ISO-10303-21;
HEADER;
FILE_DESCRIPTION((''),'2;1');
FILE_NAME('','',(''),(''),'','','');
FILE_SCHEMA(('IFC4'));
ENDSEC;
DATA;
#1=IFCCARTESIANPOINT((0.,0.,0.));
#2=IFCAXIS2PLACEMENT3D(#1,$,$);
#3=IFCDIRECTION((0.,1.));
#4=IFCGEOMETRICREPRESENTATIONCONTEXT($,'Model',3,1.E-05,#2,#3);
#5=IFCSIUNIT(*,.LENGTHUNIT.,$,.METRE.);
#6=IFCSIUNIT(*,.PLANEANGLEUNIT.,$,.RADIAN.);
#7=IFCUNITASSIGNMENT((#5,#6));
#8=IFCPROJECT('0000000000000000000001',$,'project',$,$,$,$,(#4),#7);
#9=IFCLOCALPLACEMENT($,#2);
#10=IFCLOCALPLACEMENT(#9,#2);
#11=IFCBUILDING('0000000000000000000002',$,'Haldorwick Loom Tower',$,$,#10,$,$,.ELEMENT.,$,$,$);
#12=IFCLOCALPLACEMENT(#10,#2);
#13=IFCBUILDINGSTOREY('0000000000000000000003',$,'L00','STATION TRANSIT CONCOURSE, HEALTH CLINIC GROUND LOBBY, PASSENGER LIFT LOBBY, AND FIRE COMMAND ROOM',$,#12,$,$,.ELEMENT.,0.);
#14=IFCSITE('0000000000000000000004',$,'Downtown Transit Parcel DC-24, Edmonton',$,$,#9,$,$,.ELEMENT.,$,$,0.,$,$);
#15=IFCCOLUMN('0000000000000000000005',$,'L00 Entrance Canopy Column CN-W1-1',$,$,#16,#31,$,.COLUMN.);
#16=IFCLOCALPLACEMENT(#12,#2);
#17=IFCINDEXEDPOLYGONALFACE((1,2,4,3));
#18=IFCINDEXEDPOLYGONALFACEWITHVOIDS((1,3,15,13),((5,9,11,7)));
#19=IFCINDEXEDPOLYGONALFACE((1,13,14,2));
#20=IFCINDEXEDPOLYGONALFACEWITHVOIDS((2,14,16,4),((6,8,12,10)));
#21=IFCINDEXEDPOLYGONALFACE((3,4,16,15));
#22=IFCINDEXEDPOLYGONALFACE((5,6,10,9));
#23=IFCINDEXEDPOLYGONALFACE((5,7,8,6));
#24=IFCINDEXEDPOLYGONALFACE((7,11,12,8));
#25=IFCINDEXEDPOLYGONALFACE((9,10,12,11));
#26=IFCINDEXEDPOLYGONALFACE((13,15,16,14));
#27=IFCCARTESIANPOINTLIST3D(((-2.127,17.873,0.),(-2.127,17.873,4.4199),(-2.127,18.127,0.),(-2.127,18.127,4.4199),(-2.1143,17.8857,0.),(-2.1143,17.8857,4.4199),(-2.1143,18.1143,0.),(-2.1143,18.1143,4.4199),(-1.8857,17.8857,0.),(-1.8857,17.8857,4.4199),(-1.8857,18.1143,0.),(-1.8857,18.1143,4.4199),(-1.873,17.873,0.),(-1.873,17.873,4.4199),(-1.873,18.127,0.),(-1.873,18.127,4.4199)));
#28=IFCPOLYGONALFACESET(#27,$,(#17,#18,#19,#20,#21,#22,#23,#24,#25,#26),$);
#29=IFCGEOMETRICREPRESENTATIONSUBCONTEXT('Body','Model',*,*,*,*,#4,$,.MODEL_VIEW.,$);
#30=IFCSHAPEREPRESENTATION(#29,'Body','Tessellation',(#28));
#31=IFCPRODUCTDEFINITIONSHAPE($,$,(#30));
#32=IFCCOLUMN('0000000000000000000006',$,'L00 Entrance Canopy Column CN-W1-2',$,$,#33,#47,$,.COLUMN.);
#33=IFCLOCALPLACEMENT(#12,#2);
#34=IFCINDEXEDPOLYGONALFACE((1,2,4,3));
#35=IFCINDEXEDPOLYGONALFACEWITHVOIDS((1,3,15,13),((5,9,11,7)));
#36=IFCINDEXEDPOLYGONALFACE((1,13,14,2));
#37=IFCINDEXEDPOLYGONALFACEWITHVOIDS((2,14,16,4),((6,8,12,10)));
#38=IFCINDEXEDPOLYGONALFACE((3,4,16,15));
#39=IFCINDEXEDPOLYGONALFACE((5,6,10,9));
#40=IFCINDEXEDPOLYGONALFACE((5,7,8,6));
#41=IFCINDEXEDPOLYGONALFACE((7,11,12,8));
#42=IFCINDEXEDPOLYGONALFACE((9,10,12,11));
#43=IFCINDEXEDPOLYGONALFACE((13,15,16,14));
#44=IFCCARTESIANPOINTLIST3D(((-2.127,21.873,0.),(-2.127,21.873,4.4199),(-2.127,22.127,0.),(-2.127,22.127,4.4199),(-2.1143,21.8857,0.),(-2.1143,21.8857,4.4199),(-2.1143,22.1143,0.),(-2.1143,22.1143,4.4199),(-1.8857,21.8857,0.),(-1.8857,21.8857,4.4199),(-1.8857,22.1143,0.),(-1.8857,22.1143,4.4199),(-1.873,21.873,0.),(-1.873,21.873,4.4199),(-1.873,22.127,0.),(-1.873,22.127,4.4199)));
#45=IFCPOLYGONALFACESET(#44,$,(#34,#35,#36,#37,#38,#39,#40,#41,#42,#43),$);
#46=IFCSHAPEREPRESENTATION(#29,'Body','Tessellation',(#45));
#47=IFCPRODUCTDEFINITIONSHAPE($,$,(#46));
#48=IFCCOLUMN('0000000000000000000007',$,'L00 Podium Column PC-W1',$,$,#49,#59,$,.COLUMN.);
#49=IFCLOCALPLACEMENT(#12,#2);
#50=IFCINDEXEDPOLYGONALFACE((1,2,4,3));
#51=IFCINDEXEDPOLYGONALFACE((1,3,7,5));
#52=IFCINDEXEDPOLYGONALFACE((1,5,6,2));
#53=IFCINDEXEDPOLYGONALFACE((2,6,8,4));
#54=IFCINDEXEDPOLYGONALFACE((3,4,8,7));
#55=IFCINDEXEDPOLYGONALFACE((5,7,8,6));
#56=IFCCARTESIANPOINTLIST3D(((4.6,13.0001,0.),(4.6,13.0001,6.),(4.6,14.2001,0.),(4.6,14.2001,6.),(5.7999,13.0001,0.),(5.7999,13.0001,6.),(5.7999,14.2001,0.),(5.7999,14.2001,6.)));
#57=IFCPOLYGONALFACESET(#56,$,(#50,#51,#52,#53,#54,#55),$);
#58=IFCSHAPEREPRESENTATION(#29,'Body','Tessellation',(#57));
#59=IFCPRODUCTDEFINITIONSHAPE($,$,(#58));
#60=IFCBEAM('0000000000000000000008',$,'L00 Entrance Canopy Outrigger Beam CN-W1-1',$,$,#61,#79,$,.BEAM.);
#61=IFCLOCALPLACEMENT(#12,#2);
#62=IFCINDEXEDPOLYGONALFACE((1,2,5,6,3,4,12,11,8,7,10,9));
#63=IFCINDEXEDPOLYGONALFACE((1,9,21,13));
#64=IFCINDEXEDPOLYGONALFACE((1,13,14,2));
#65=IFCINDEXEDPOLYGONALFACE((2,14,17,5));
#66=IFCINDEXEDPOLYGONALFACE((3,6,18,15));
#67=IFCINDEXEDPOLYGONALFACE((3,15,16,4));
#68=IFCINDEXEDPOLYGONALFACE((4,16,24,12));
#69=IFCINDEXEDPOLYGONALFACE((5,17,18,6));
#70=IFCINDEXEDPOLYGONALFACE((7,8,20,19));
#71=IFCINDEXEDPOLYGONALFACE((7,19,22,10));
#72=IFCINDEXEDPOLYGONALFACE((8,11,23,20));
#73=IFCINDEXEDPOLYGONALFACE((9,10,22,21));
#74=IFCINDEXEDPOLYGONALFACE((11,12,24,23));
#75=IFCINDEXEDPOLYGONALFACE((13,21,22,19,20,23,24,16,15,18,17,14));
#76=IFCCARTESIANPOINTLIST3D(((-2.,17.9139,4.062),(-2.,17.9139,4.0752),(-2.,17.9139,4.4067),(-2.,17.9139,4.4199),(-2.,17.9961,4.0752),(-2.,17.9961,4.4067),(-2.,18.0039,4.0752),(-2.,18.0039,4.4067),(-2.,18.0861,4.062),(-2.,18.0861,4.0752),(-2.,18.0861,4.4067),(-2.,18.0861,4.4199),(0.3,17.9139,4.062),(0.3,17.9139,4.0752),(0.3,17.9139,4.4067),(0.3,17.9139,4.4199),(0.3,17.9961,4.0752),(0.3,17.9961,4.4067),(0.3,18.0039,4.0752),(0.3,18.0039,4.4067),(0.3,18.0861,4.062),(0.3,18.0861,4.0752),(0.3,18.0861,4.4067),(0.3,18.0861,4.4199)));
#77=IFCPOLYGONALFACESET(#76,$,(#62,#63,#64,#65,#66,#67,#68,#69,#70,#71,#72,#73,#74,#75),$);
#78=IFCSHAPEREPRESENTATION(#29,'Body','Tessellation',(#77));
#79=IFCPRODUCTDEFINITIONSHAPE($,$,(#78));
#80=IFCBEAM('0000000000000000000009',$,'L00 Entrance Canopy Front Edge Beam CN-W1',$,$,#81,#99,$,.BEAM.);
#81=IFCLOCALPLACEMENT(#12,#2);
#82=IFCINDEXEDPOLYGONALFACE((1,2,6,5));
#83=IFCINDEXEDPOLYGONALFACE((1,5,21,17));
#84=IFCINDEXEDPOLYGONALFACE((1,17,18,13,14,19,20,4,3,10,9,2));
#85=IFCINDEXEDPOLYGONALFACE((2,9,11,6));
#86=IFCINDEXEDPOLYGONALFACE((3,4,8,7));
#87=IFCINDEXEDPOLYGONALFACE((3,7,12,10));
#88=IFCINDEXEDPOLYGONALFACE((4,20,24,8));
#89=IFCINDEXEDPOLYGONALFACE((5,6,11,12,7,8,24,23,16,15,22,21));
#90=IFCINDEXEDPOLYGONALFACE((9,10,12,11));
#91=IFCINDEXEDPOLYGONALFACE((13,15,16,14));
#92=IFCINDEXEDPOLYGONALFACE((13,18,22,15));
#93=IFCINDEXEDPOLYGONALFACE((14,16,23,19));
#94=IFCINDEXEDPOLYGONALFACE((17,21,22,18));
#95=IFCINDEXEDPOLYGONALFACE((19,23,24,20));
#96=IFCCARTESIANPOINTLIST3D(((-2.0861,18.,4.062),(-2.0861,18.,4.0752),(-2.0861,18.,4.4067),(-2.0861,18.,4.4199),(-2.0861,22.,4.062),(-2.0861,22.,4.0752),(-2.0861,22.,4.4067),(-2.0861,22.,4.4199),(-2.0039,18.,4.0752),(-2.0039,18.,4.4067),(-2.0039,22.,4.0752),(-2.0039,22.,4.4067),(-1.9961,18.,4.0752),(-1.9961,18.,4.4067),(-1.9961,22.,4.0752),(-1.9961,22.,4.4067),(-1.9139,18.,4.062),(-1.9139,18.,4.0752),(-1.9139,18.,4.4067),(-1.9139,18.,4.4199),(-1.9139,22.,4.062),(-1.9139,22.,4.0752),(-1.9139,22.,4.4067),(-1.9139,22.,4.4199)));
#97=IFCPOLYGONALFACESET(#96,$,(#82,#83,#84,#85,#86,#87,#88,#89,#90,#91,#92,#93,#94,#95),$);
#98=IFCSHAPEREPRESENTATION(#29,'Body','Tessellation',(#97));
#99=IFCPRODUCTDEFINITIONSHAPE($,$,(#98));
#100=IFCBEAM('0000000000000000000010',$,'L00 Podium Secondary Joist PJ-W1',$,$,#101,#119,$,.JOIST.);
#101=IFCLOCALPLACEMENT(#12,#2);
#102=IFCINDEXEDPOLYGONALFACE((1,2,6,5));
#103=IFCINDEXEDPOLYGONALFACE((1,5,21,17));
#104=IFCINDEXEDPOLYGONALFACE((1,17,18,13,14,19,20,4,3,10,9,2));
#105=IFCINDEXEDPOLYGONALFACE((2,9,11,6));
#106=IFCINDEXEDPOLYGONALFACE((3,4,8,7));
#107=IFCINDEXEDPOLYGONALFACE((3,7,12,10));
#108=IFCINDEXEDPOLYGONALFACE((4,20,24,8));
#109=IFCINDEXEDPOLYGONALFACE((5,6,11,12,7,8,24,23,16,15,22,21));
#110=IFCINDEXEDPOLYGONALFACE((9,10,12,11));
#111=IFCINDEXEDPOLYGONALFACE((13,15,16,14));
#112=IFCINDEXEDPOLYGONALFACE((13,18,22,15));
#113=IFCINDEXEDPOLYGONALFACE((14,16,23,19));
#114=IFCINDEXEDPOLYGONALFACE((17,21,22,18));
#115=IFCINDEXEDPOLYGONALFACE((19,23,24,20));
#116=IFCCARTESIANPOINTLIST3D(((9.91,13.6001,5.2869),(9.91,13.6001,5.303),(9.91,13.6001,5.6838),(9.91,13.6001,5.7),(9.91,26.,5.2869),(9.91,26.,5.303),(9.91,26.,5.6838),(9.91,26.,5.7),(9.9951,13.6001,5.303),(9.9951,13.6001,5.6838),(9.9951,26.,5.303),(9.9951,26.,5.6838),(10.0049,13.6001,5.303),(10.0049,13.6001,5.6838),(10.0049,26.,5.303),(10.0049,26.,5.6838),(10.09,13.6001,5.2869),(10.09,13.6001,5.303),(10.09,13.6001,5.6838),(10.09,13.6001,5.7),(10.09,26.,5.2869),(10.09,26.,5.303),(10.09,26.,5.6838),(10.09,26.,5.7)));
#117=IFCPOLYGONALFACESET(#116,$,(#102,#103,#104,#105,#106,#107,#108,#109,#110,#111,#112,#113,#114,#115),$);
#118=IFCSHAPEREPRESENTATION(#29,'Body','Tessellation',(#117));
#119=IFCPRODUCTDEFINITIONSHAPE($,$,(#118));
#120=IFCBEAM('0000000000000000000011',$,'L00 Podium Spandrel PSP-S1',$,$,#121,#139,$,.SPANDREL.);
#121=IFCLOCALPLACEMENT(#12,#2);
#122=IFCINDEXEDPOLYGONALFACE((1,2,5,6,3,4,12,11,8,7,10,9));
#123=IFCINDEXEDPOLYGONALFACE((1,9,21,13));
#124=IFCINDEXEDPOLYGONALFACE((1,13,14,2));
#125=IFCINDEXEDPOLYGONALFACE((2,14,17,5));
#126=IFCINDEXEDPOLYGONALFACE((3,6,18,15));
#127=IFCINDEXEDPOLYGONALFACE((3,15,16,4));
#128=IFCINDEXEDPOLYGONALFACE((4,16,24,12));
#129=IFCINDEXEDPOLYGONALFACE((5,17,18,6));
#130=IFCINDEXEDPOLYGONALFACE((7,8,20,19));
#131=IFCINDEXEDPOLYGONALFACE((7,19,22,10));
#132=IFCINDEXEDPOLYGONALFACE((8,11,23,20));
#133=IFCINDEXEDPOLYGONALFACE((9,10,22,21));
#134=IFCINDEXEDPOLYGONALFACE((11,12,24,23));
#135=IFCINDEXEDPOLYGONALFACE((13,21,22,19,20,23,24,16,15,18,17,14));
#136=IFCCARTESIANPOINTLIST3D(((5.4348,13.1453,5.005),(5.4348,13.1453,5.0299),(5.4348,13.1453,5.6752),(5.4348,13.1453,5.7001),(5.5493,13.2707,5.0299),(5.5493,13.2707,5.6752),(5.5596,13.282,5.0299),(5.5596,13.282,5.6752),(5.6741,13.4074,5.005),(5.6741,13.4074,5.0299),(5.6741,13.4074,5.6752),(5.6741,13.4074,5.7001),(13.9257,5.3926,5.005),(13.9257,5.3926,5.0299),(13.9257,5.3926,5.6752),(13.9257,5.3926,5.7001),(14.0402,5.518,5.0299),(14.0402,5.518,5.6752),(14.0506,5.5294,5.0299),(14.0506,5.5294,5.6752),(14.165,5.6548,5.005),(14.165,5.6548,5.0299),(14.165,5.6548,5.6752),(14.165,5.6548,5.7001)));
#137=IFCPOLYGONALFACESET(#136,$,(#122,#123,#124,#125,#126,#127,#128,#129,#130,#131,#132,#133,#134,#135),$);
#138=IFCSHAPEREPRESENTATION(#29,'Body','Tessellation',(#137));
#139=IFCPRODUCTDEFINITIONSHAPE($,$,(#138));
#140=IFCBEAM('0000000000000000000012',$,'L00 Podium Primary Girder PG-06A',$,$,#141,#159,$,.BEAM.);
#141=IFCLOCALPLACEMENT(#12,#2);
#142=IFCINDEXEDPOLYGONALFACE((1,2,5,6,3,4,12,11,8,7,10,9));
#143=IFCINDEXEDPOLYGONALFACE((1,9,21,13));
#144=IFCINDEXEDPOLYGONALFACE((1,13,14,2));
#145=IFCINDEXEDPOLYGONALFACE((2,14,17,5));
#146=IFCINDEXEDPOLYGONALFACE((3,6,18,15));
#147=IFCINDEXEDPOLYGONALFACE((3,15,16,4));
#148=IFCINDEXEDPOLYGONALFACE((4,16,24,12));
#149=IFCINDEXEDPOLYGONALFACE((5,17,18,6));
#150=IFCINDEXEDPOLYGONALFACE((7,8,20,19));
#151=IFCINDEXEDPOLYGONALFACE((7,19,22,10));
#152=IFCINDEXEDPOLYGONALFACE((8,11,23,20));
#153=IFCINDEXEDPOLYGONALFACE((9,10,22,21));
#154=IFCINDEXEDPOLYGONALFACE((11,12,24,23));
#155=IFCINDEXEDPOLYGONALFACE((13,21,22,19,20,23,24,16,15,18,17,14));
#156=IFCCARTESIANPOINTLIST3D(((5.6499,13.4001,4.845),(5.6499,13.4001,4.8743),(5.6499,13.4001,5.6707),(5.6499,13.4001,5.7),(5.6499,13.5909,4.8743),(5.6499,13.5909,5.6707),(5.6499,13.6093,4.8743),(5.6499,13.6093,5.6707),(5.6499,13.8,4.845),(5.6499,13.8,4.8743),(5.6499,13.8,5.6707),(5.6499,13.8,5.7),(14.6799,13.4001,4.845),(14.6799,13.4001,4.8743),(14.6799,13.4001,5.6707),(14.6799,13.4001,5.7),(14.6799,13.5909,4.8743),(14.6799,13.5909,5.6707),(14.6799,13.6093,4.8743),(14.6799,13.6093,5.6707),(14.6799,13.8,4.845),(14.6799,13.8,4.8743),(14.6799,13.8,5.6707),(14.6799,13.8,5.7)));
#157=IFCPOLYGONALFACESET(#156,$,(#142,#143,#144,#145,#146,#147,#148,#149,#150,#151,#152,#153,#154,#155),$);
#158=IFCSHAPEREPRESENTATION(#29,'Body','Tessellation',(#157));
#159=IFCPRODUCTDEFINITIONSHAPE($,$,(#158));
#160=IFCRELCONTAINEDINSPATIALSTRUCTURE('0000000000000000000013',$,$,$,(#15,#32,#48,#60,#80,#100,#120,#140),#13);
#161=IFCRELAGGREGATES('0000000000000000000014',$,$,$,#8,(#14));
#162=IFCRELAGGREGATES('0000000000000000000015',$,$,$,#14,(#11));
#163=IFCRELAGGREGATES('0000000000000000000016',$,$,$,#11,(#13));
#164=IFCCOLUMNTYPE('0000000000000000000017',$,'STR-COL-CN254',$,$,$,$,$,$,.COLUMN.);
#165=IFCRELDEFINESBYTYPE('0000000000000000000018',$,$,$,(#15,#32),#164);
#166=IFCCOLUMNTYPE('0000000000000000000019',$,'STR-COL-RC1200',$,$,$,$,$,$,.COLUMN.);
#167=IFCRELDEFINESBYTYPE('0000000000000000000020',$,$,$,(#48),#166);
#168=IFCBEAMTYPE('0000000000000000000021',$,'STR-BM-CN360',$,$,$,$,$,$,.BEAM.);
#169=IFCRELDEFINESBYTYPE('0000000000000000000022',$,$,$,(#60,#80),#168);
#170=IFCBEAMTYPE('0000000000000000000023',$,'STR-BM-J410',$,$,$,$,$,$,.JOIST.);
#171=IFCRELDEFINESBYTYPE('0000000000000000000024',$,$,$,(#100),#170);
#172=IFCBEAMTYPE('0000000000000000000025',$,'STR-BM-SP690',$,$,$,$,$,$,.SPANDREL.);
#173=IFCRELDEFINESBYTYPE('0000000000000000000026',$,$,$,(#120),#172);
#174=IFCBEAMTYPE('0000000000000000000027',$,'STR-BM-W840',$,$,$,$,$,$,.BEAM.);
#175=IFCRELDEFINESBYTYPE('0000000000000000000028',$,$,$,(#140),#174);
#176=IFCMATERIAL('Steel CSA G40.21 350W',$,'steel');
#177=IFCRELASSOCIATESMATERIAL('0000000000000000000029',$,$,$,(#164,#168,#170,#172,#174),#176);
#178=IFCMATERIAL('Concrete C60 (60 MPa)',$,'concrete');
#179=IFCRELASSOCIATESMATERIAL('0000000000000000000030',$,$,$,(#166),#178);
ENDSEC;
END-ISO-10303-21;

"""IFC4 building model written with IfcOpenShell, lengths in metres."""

from ifc_helpers import new_model, si_unit, direction, frame, origin, origin_2d, place, context, subcontext, project, spatial, rectangle, hollow_rectangle, i_section, extrude, material, material_profile, profile_set, type_object, element, save


model = new_model("IFC4")

# Units and contexts
model_context = context("Model", 3, precision=1e-05, world=origin(), true_north=direction((0.0, 1.0)))
body_context = subcontext(model_context, "Body", "Model", "MODEL_VIEW")
ifc_project = project(units=[si_unit("LENGTHUNIT", "METRE"), si_unit("PLANEANGLEUNIT", "RADIAN")], contexts=[model_context])

# Site, building, storey
site_placement = place(None, origin())
site = spatial("IfcSite", under=ifc_project, at=site_placement, Name="Downtown Transit Parcel DC-24, Edmonton", CompositionType="ELEMENT", RefElevation=0.0)
building_placement = place(site_placement, origin())
building = spatial("IfcBuilding", under=site, at=building_placement, Name="Haldorwick Loom Tower", CompositionType="ELEMENT")
storey_placement = place(building_placement, origin())
storey = spatial("IfcBuildingStorey", under=building, at=storey_placement, Name="L00", Description="STATION TRANSIT CONCOURSE, HEALTH CLINIC GROUND LOBBY, PASSENGER LIFT LOBBY, AND FIRE COMMAND ROOM", CompositionType="ELEMENT", Elevation=0.0)

# Columns
ifc_material_1 = material(Name="Steel CSA G40.21 350W", Category="steel")
ifc_material_profile_1 = material_profile(ifc_material_1, hollow_rectangle(XDim=0.2539, YDim=0.2539, WallThickness=0.0127, at=origin_2d()), Name="HSS254X254X13", Category="steel")
ifc_profile_set_1 = profile_set([ifc_material_profile_1], Name="Steel CSA G40.21 350W")
column_type_1 = type_object("IfcColumnType", Name="STR-COL-CN254", PredefinedType="COLUMN", material=ifc_profile_set_1)
for number, where, z_axis, x_axis, name in (
    (1, (-2.0, 18.0, 0.0), (0.0, 0.0, 1.0), (1.0, 0.0, 0.0), "L00 Entrance Canopy Column CN-W1-1"),
    (2, (-2.0, 22.0, 0.0), (0.0, 0.0, 1.0), (1.0, 0.0, 0.0), "L00 Entrance Canopy Column CN-W1-2"),
):
    element("IfcColumn", number, at=place(storey_placement, frame(where, z_axis=z_axis, x_axis=x_axis)), inside=storey, type_object=column_type_1, Name=name, PredefinedType="COLUMN", context=body_context, shape_type="SweptSolid", body=[
        extrude(hollow_rectangle(XDim=0.2539, YDim=0.2539, WallThickness=0.0127, at=origin_2d()), origin(), (0.0, 0.0, 1.0), 4.4199),
    ])
ifc_material_2 = material(Name="Concrete C60 (60 MPa)", Category="concrete")
ifc_material_profile_2 = material_profile(ifc_material_2, rectangle(XDim=1.2, YDim=1.2, at=origin_2d()), Name="RC1200X1200", Category="concrete")
ifc_profile_set_2 = profile_set([ifc_material_profile_2], Name="Concrete C60 (60 MPa)")
column_type_2 = type_object("IfcColumnType", Name="STR-COL-RC1200", PredefinedType="COLUMN", material=ifc_profile_set_2)
column_placement = place(storey_placement, frame((5.2, 13.6001, 0.0), z_axis=(0.0, 0.0, 1.0), x_axis=(1.0, 0.0, 0.0)))
element("IfcColumn", 3, at=column_placement, inside=storey, type_object=column_type_2, Name="L00 Podium Column PC-W1", PredefinedType="COLUMN", context=body_context, shape_type="SweptSolid", body=[
    extrude(rectangle(XDim=1.2, YDim=1.2, at=origin_2d()), origin(), (0.0, 0.0, 1.0), 6.0),
])

# Beams
ifc_material_profile_3 = material_profile(ifc_material_1, i_section(OverallWidth=0.1721, OverallDepth=0.3579, WebThickness=0.0078, FlangeThickness=0.0132, at=origin_2d()), Name="W360X57", Category="steel")
ifc_profile_set_3 = profile_set([ifc_material_profile_3], Name="Steel CSA G40.21 350W")
beam_type_1 = type_object("IfcBeamType", Name="STR-BM-CN360", PredefinedType="BEAM", material=ifc_profile_set_3)
beam_1_placement = place(storey_placement, frame((0.3, 18.0, 4.241), z_axis=(-1.0, 0.0, 0.0), x_axis=(0.0, -1.0, 0.0)))
element("IfcBeam", 4, at=beam_1_placement, inside=storey, type_object=beam_type_1, Name="L00 Entrance Canopy Outrigger Beam CN-W1-1", PredefinedType="BEAM", context=body_context, shape_type="SweptSolid", body=[
    extrude(i_section(OverallWidth=0.1721, OverallDepth=0.3579, WebThickness=0.0078, FlangeThickness=0.0132, at=origin_2d()), origin(), (0.0, 0.0, 1.0), 2.3),
])
beam_2_placement = place(storey_placement, frame((-2.0, 18.0, 4.241), z_axis=(0.0, 1.0, 0.0), x_axis=(-1.0, 0.0, 0.0)))
element("IfcBeam", 5, at=beam_2_placement, inside=storey, type_object=beam_type_1, Name="L00 Entrance Canopy Front Edge Beam CN-W1", PredefinedType="BEAM", context=body_context, shape_type="SweptSolid", body=[
    extrude(i_section(OverallWidth=0.1721, OverallDepth=0.3579, WebThickness=0.0078, FlangeThickness=0.0132, at=origin_2d()), origin(), (0.0, 0.0, 1.0), 4.0),
])
ifc_material_profile_4 = material_profile(ifc_material_1, i_section(OverallWidth=0.1799, OverallDepth=0.4131, WebThickness=0.0098, FlangeThickness=0.0161, at=origin_2d()), Name="W410X74", Category="steel")
ifc_profile_set_4 = profile_set([ifc_material_profile_4], Name="Steel CSA G40.21 350W")
beam_type_2 = type_object("IfcBeamType", Name="STR-BM-J410", PredefinedType="JOIST", material=ifc_profile_set_4)
beam_3_placement = place(storey_placement, frame((10.0, 13.6001, 5.4934), z_axis=(0.0, 1.0, 0.0), x_axis=(-1.0, 0.0, 0.0)))
element("IfcBeam", 6, at=beam_3_placement, inside=storey, type_object=beam_type_2, Name="L00 Podium Secondary Joist PJ-W1", PredefinedType="JOIST", context=body_context, shape_type="SweptSolid", body=[
    extrude(i_section(OverallWidth=0.1799, OverallDepth=0.4131, WebThickness=0.0098, FlangeThickness=0.0161, at=origin_2d()), origin(), (0.0, 0.0, 1.0), 12.3999),
])
ifc_material_profile_5 = material_profile(ifc_material_1, i_section(OverallWidth=0.355, OverallDepth=0.6951, WebThickness=0.0154, FlangeThickness=0.0249, at=origin_2d()), Name="W690X217", Category="steel")
ifc_profile_set_5 = profile_set([ifc_material_profile_5], Name="Steel CSA G40.21 350W")
beam_type_3 = type_object("IfcBeamType", Name="STR-BM-SP690", PredefinedType="SPANDREL", material=ifc_profile_set_5)
beam_4_placement = place(storey_placement, frame((5.5544, 13.2764, 5.3525), z_axis=(0.738483, -0.674272, 0.0), x_axis=(0.674272, 0.738483, 0.0)))
element("IfcBeam", 7, at=beam_4_placement, inside=storey, type_object=beam_type_3, Name="L00 Podium Spandrel PSP-S1", PredefinedType="SPANDREL", context=body_context, shape_type="SweptSolid", body=[
    extrude(i_section(OverallWidth=0.355, OverallDepth=0.6951, WebThickness=0.0154, FlangeThickness=0.0249, at=origin_2d()), origin(), (0.0, 0.0, 1.0), 11.4978),
])
ifc_material_profile_6 = material_profile(ifc_material_1, i_section(OverallWidth=0.3999, OverallDepth=0.855, WebThickness=0.0183, FlangeThickness=0.0293, at=origin_2d()), Name="W840X299", Category="steel")
ifc_profile_set_6 = profile_set([ifc_material_profile_6], Name="Steel CSA G40.21 350W")
beam_type_4 = type_object("IfcBeamType", Name="STR-BM-W840", PredefinedType="BEAM", material=ifc_profile_set_6)
beam_5_placement = place(storey_placement, frame((5.6499, 13.6001, 5.2725), z_axis=(1.0, 0.0, 0.0), x_axis=(0.0, 1.0, 0.0)))
element("IfcBeam", 8, at=beam_5_placement, inside=storey, type_object=beam_type_4, Name="L00 Podium Primary Girder PG-06A", PredefinedType="BEAM", context=body_context, shape_type="SweptSolid", body=[
    extrude(i_section(OverallWidth=0.3999, OverallDepth=0.855, WebThickness=0.0183, FlangeThickness=0.0293, at=origin_2d()), origin(), (0.0, 0.0, 1.0), 9.03),
])

save(model, "model.ifc")
